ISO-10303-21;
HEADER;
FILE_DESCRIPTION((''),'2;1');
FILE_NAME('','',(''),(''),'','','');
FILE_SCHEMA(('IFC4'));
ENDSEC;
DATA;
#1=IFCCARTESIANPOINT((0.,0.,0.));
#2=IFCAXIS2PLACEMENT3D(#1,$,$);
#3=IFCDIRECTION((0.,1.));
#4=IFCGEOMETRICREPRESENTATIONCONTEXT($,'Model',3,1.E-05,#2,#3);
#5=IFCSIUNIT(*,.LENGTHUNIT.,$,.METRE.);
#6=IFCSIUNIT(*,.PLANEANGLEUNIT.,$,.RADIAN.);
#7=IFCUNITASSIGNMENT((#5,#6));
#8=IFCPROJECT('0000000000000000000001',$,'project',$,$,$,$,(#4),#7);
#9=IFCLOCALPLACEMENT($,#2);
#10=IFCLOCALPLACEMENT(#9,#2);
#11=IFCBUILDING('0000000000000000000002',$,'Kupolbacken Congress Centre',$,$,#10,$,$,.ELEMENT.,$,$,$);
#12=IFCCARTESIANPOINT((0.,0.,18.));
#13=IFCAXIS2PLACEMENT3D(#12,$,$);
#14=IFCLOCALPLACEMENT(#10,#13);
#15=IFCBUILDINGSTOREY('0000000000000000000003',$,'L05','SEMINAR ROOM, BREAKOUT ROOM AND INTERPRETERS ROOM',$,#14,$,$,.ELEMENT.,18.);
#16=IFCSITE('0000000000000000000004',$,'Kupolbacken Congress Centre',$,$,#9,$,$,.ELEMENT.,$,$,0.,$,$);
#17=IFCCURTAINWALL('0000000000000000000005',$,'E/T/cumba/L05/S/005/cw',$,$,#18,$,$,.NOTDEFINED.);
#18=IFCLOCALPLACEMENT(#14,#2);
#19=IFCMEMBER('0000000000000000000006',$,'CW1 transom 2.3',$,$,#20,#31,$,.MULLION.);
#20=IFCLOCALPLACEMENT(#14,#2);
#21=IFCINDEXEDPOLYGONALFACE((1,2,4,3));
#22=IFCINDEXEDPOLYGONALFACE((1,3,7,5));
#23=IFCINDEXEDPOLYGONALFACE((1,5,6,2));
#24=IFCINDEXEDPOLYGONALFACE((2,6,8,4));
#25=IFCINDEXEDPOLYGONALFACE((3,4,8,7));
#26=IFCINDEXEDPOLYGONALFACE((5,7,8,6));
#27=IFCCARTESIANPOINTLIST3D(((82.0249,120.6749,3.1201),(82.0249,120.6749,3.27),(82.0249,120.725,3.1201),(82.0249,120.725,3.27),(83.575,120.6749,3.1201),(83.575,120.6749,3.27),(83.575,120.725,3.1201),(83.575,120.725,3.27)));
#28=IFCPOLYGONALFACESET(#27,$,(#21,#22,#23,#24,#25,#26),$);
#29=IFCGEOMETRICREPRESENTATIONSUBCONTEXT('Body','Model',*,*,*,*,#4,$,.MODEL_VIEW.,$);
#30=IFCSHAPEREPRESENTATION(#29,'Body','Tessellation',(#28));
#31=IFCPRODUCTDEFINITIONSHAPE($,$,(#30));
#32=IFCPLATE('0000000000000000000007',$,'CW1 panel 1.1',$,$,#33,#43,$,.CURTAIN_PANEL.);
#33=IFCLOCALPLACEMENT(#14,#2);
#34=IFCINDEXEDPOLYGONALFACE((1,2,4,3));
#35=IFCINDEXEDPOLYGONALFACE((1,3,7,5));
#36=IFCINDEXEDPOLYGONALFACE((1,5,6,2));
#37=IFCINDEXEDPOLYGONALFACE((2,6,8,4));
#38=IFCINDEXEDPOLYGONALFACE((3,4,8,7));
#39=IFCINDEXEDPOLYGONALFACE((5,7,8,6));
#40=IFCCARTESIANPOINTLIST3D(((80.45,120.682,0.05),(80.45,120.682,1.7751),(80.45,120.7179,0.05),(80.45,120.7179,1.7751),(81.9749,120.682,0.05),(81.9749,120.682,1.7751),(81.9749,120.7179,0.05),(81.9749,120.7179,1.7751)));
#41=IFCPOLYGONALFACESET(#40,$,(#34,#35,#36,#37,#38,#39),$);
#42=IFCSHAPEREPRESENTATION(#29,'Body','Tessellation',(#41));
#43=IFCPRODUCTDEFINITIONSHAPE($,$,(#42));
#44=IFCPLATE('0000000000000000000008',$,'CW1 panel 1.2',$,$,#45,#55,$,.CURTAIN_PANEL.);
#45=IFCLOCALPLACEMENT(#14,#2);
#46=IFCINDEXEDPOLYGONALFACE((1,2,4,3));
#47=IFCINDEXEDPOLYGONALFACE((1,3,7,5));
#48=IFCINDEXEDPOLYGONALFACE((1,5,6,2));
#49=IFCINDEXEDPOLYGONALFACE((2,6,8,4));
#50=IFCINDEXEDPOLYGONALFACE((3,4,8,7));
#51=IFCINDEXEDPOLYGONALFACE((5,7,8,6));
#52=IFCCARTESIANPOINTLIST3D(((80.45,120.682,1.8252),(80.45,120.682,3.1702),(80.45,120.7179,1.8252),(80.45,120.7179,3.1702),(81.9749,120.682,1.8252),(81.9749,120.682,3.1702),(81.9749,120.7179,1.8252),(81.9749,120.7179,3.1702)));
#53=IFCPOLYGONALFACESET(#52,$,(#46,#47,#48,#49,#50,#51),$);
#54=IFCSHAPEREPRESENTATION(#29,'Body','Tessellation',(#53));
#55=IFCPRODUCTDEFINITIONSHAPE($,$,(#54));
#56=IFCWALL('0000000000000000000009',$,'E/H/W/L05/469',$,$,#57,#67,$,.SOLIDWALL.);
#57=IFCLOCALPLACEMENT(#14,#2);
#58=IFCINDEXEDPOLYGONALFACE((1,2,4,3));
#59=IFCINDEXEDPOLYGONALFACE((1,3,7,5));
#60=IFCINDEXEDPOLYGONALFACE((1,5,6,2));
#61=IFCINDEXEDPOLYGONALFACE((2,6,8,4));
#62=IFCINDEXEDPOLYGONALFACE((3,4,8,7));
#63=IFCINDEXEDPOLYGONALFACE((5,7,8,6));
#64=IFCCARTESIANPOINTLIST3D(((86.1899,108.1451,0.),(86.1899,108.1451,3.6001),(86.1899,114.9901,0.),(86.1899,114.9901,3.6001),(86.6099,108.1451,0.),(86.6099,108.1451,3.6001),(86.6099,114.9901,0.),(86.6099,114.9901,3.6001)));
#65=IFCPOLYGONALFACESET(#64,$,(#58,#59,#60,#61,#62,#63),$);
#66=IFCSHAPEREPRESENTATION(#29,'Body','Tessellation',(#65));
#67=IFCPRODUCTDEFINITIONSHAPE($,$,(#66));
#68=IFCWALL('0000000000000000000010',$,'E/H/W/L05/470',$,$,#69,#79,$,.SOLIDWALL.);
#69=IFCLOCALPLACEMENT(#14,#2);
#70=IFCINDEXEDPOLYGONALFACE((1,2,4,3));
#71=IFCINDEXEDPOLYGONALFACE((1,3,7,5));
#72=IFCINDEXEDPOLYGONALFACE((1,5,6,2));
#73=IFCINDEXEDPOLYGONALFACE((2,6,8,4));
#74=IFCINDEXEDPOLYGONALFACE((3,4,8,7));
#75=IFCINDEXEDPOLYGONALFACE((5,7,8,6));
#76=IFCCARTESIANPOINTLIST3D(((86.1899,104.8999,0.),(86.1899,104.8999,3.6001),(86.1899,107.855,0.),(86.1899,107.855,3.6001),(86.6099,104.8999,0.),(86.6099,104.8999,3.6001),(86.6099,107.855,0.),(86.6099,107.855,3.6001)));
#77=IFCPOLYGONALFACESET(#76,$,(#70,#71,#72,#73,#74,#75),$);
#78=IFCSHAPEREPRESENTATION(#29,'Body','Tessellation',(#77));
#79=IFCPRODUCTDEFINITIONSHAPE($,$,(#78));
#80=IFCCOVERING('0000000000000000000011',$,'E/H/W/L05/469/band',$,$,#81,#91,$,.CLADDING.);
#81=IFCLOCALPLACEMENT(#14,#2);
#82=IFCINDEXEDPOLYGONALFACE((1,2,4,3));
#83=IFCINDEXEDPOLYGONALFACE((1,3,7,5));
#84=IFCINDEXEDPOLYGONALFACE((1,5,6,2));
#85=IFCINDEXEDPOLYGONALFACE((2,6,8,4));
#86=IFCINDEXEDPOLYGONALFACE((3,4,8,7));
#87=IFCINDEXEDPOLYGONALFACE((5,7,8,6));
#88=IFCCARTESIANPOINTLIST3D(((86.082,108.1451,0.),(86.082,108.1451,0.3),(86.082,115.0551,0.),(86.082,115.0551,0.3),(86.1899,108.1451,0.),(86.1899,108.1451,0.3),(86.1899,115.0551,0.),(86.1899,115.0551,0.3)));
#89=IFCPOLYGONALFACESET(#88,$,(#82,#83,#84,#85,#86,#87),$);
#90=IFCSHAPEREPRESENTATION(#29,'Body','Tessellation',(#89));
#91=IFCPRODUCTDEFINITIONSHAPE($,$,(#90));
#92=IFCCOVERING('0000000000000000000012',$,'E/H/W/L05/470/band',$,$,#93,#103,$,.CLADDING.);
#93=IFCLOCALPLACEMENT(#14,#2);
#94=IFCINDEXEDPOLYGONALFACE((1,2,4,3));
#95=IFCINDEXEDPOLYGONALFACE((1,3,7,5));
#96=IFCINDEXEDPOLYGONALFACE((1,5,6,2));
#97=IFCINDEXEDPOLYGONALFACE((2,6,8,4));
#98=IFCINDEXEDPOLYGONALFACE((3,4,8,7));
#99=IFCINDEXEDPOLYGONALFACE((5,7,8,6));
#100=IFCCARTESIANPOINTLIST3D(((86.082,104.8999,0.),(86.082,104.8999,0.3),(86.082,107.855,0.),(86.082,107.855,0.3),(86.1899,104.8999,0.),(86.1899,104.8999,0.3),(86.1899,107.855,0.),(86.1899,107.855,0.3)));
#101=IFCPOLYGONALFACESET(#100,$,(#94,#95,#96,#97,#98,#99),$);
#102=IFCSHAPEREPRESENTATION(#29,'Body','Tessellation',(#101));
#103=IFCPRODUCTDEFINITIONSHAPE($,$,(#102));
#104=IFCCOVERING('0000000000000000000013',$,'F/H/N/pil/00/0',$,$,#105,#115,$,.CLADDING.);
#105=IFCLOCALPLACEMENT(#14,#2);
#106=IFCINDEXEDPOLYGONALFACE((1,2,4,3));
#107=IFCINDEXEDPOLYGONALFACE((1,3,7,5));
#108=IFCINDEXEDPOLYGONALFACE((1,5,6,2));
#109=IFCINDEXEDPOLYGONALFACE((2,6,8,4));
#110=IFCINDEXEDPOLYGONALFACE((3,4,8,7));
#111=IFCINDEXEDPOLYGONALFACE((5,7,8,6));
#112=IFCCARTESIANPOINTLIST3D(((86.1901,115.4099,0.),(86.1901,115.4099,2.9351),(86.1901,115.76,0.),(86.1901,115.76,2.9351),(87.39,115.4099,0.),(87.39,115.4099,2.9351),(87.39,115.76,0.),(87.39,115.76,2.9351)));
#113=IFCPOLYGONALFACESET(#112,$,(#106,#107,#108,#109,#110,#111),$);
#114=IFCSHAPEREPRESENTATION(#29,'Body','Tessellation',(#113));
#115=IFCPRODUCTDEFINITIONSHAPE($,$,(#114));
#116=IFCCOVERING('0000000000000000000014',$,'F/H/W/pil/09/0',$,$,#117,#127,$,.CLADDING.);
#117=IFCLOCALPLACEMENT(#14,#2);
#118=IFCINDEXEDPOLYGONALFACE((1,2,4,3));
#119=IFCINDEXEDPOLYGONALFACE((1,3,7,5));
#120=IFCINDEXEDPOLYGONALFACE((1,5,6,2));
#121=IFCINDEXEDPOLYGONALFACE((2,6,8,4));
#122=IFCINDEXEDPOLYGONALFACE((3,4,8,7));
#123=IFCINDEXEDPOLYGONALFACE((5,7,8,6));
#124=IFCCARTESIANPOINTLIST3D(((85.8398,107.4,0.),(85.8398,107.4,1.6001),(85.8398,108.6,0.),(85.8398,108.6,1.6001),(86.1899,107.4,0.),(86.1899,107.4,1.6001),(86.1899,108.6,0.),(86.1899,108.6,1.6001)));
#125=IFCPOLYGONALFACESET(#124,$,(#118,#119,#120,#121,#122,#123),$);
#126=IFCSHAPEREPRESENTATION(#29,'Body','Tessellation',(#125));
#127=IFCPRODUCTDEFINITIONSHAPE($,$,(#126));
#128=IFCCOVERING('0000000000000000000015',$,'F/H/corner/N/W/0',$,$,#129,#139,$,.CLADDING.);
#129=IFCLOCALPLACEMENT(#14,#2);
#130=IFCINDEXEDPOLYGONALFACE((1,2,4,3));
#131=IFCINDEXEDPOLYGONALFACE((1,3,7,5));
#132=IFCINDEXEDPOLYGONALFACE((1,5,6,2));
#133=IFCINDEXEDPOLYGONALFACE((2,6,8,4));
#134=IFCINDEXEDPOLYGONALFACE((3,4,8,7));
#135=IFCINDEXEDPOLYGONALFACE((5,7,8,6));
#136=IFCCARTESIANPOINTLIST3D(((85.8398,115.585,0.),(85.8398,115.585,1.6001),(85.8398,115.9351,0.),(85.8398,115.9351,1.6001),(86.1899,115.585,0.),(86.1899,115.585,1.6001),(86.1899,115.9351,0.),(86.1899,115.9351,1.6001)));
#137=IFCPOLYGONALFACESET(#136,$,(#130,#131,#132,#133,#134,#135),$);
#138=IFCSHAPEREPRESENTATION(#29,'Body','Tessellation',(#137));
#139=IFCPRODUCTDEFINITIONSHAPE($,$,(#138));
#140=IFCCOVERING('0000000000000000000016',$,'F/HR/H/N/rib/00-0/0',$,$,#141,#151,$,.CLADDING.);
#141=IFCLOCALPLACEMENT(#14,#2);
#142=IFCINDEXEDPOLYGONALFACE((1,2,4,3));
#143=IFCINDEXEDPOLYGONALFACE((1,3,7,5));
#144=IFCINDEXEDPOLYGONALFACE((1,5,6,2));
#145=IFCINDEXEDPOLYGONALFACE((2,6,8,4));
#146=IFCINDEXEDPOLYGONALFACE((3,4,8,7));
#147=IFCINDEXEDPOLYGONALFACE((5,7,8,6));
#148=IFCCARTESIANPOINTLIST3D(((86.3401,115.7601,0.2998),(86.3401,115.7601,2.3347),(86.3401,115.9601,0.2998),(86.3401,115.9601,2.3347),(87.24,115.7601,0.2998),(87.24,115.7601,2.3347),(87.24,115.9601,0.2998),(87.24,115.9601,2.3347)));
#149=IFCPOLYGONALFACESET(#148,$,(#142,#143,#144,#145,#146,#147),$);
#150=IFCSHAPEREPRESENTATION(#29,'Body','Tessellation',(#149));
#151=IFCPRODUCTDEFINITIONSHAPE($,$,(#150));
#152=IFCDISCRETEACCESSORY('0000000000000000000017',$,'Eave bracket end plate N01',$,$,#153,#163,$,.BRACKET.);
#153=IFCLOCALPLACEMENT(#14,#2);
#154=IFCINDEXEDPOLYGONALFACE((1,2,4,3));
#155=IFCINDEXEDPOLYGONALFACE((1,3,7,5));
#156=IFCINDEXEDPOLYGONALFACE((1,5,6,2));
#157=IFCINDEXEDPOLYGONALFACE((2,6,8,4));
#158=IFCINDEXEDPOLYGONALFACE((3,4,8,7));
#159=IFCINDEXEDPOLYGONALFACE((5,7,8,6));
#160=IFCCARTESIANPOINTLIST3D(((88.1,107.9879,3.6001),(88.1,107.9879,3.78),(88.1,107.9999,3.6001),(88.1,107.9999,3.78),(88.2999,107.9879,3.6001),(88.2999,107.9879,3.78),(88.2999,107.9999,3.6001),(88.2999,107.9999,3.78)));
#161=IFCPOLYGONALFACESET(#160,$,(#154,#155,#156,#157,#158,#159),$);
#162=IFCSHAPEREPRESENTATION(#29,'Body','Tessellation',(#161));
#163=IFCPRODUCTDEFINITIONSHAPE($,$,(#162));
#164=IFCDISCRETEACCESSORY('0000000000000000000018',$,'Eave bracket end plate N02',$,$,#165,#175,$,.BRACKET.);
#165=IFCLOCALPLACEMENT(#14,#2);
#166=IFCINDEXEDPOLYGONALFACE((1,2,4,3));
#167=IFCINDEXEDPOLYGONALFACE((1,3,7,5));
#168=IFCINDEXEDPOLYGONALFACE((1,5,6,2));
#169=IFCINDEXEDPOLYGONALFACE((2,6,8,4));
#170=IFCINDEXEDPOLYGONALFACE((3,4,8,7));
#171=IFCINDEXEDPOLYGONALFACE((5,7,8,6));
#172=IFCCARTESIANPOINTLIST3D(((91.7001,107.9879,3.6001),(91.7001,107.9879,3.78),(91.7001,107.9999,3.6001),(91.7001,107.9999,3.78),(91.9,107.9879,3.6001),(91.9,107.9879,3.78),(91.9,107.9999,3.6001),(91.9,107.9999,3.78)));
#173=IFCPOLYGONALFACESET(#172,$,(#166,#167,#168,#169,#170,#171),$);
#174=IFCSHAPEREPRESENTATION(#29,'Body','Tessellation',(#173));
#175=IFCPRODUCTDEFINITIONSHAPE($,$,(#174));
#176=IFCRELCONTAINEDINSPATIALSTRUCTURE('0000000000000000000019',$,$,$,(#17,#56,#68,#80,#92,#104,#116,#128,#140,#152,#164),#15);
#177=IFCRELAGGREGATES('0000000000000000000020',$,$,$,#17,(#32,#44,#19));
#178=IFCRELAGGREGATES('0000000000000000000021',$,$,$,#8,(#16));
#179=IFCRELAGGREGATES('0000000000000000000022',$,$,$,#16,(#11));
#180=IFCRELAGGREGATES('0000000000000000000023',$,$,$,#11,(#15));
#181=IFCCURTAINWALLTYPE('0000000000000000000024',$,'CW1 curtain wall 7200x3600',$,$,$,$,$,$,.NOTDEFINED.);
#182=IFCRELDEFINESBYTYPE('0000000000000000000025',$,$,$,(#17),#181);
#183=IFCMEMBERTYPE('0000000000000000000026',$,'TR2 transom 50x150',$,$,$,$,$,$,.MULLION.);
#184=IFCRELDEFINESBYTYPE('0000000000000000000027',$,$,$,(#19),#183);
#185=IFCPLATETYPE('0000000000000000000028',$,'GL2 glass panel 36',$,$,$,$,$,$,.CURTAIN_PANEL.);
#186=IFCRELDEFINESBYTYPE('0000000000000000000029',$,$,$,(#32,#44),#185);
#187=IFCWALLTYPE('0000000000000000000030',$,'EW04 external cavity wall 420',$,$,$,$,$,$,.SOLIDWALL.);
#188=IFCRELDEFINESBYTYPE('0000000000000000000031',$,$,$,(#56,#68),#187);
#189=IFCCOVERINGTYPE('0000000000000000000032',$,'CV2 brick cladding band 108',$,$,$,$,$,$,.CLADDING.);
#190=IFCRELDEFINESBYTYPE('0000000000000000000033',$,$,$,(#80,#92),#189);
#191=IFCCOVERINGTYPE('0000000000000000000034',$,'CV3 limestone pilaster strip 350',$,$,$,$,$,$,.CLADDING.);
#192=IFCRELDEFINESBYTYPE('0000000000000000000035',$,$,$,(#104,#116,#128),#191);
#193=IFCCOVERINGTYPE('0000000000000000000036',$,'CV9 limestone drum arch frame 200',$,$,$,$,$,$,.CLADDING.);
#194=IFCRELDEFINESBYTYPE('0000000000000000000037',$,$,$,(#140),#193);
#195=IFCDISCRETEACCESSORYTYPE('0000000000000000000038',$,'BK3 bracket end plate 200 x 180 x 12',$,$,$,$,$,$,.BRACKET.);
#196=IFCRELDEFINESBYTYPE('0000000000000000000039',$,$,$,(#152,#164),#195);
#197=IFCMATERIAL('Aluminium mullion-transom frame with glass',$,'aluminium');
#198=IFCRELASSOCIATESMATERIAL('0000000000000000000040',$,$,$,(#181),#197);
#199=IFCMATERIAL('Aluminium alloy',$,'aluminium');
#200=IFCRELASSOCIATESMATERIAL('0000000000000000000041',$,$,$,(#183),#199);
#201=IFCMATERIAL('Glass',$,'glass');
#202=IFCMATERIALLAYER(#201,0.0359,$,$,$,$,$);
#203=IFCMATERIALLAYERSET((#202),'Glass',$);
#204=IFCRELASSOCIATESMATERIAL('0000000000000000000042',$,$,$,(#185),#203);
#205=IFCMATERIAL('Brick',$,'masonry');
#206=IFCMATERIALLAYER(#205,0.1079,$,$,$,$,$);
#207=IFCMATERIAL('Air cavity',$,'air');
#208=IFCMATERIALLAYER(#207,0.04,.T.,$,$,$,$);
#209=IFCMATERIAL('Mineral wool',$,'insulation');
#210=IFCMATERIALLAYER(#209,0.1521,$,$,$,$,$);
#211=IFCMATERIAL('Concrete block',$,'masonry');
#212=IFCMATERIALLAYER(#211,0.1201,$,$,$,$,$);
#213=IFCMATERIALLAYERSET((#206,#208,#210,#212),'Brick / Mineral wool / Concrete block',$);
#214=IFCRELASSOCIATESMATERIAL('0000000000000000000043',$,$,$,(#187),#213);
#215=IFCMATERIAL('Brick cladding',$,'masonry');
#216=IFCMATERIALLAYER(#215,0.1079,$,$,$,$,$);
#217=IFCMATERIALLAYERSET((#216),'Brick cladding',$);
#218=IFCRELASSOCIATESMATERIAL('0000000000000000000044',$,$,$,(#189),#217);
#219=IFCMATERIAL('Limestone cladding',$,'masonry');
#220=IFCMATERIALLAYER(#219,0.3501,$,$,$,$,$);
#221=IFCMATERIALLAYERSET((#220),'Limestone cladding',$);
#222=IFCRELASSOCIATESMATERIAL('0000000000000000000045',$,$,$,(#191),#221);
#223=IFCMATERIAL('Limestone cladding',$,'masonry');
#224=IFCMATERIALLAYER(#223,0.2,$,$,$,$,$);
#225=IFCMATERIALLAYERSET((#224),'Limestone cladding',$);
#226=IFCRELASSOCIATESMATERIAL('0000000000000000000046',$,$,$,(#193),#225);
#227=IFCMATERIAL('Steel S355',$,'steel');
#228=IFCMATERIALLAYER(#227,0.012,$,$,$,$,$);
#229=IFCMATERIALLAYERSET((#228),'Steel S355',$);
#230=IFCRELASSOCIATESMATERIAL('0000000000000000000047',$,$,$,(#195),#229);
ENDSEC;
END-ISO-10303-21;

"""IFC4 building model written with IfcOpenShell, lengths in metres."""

from ifc_helpers import new_model, si_unit, direction, frame, frame_2d, origin, origin_2d, place, context, subcontext, project, spatial, rectangle, extrude, material, layer, layer_set, material_profile, profile_set, type_object, element, aggregate, save


model = new_model("IFC4")

# Units and contexts
model_context = context("Model", 3, precision=1e-05, world=origin(), true_north=direction((0.0, 1.0)))
body_context = subcontext(model_context, "Body", "Model", "MODEL_VIEW")
ifc_project = project(units=[si_unit("LENGTHUNIT", "METRE"), si_unit("PLANEANGLEUNIT", "RADIAN")], contexts=[model_context])

# Site, building, storey
site_placement = place(None, origin())
site = spatial("IfcSite", under=ifc_project, at=site_placement, Name="Kupolbacken Congress Centre", CompositionType="ELEMENT", RefElevation=0.0)
building_placement = place(site_placement, origin())
building = spatial("IfcBuilding", under=site, at=building_placement, Name="Kupolbacken Congress Centre", CompositionType="ELEMENT")
storey_placement = place(building_placement, frame((0.0, 0.0, 18.0)))
storey = spatial("IfcBuildingStorey", under=building, at=storey_placement, Name="L05", Description="SEMINAR ROOM, BREAKOUT ROOM AND INTERPRETERS ROOM", CompositionType="ELEMENT", Elevation=18.0)

# Curtain wall, member, plates
ifc_material_1 = material(Name="Aluminium mullion-transom frame with glass", Category="aluminium")
curtain_wall_type = type_object("IfcCurtainWallType", Name="CW1 curtain wall 7200x3600", PredefinedType="NOTDEFINED", material=ifc_material_1)
curtain_wall_placement = place(storey_placement, origin())
curtain_wall = element("IfcCurtainWall", 1, at=curtain_wall_placement, inside=storey, type_object=curtain_wall_type, Name="E/T/cumba/L05/S/005/cw", PredefinedType="NOTDEFINED")
ifc_material_2 = material(Name="Aluminium alloy", Category="aluminium")
ifc_material_profile_1 = material_profile(ifc_material_2, rectangle(XDim=0.05, YDim=0.1499, at=origin_2d()), Name="50 x 150")
ifc_profile_set_1 = profile_set([ifc_material_profile_1], Name="Aluminium alloy")
member_type_1 = type_object("IfcMemberType", Name="TR2 transom 50x150", PredefinedType="MULLION", material=ifc_profile_set_1)
member_1_placement = place(storey_placement, frame((82.0249, 120.7, 3.1951), z_axis=(1.0, 0.0, 0.0), x_axis=(0.0, 1.0, 0.0)))
member_1 = element("IfcMember", 2, at=member_1_placement, type_object=member_type_1, Name="CW1 transom 2.3", PredefinedType="MULLION", context=body_context, shape_type="SweptSolid", body=[
    extrude(rectangle(XDim=0.05, YDim=0.1499, at=origin_2d()), origin(), (0.0, 0.0, 1.0), 1.55),
])
ifc_material_3 = material(Name="Glass", Category="glass")
ifc_layer_1 = layer(ifc_material_3, 0.0359)
ifc_layer_set_1 = layer_set([ifc_layer_1], Name="Glass")
plate_type = type_object("IfcPlateType", Name="GL2 glass panel 36", PredefinedType="CURTAIN_PANEL", material=ifc_layer_set_1)
plate_1_placement = place(storey_placement, frame((81.2124, 120.7, 0.05), z_axis=(0.0, 0.0, 1.0), x_axis=(1.0, 0.0, 0.0)))
plate_1 = element("IfcPlate", 3, at=plate_1_placement, type_object=plate_type, Name="CW1 panel 1.1", PredefinedType="CURTAIN_PANEL", context=body_context, shape_type="SweptSolid", body=[
    extrude(rectangle(XDim=1.5249, YDim=0.0359, at=origin_2d()), origin(), (0.0, 0.0, 1.0), 1.7251),
])
plate_2_placement = place(storey_placement, frame((81.2124, 120.7, 1.8252), z_axis=(0.0, 0.0, 1.0), x_axis=(1.0, 0.0, 0.0)))
plate_2 = element("IfcPlate", 4, at=plate_2_placement, type_object=plate_type, Name="CW1 panel 1.2", PredefinedType="CURTAIN_PANEL", context=body_context, shape_type="SweptSolid", body=[
    extrude(rectangle(XDim=1.5249, YDim=0.0359, at=origin_2d()), origin(), (0.0, 0.0, 1.0), 1.345),
])
aggregate(curtain_wall, [plate_1, plate_2, member_1])

# Walls
ifc_material_4 = material(Name="Brick", Category="masonry")
ifc_layer_2 = layer(ifc_material_4, 0.1079)
ifc_material_5 = material(Name="Air cavity", Category="air")
ifc_layer_3 = layer(ifc_material_5, 0.04, ventilated=True)
ifc_material_6 = material(Name="Mineral wool", Category="insulation")
ifc_layer_4 = layer(ifc_material_6, 0.1521)
ifc_material_7 = material(Name="Concrete block", Category="masonry")
ifc_layer_5 = layer(ifc_material_7, 0.1201)
ifc_layer_set_2 = layer_set([ifc_layer_2, ifc_layer_3, ifc_layer_4, ifc_layer_5], Name="Brick / Mineral wool / Concrete block")
wall_type = type_object("IfcWallType", Name="EW04 external cavity wall 420", PredefinedType="SOLIDWALL", material=ifc_layer_set_2)
wall_1_placement = place(storey_placement, frame((86.3999, 114.99, 0.0), z_axis=(0.0, 0.0, 1.0), x_axis=(0.0, -1.0, 0.0)))
element("IfcWall", 5, at=wall_1_placement, inside=storey, type_object=wall_type, Name="E/H/W/L05/469", PredefinedType="SOLIDWALL", context=body_context, shape_type="SweptSolid", body=[
    extrude(rectangle(XDim=6.845, YDim=0.4199, at=frame_2d((3.4224, 0.0))), origin(), (0.0, 0.0, 1.0), 3.6001),
])
wall_2_placement = place(storey_placement, frame((86.3999, 107.855, 0.0), z_axis=(0.0, 0.0, 1.0), x_axis=(0.0, -1.0, 0.0)))
element("IfcWall", 6, at=wall_2_placement, inside=storey, type_object=wall_type, Name="E/H/W/L05/470", PredefinedType="SOLIDWALL", context=body_context, shape_type="SweptSolid", body=[
    extrude(rectangle(XDim=2.9551, YDim=0.4199, at=frame_2d((1.4775, 0.0))), origin(), (0.0, 0.0, 1.0), 3.6001),
])

# Coverings
ifc_material_8 = material(Name="Brick cladding", Category="masonry")
ifc_layer_6 = layer(ifc_material_8, 0.1079)
ifc_layer_set_3 = layer_set([ifc_layer_6], Name="Brick cladding")
covering_type_1 = type_object("IfcCoveringType", Name="CV2 brick cladding band 108", PredefinedType="CLADDING", material=ifc_layer_set_3)
covering_1_placement = place(storey_placement, frame((86.136, 111.6001, 0.0), z_axis=(0.0, 0.0, 1.0), x_axis=(0.0, -1.0, 0.0)))
element("IfcCovering", 7, at=covering_1_placement, inside=storey, type_object=covering_type_1, Name="E/H/W/L05/469/band", PredefinedType="CLADDING", context=body_context, shape_type="SweptSolid", body=[
    extrude(rectangle(XDim=6.9099, YDim=0.1079, at=origin_2d()), origin(), (0.0, 0.0, 1.0), 0.3),
])
covering_2_placement = place(storey_placement, frame((86.136, 106.3774, 0.0), z_axis=(0.0, 0.0, 1.0), x_axis=(0.0, -1.0, 0.0)))
element("IfcCovering", 8, at=covering_2_placement, inside=storey, type_object=covering_type_1, Name="E/H/W/L05/470/band", PredefinedType="CLADDING", context=body_context, shape_type="SweptSolid", body=[
    extrude(rectangle(XDim=2.9551, YDim=0.1079, at=origin_2d()), origin(), (0.0, 0.0, 1.0), 0.3),
])
ifc_material_9 = material(Name="Limestone cladding", Category="masonry")
ifc_layer_7 = layer(ifc_material_9, 0.3501)
ifc_layer_set_4 = layer_set([ifc_layer_7], Name="Limestone cladding")
covering_type_2 = type_object("IfcCoveringType", Name="CV3 limestone pilaster strip 350", PredefinedType="CLADDING", material=ifc_layer_set_4)
covering_3_placement = place(storey_placement, frame((86.79, 115.585, 0.0), z_axis=(0.0, 0.0, 1.0), x_axis=(1.0, 0.0, 0.0)))
element("IfcCovering", 9, at=covering_3_placement, inside=storey, type_object=covering_type_2, Name="F/H/N/pil/00/0", PredefinedType="CLADDING", context=body_context, shape_type="SweptSolid", body=[
    extrude(rectangle(XDim=1.2, YDim=0.3501, at=origin_2d()), origin(), (0.0, 0.0, 1.0), 2.9351),
])
covering_4_placement = place(storey_placement, frame((86.0149, 108.0, 0.0), z_axis=(0.0, 0.0, 1.0), x_axis=(0.0, 1.0, 0.0)))
element("IfcCovering", 10, at=covering_4_placement, inside=storey, type_object=covering_type_2, Name="F/H/W/pil/09/0", PredefinedType="CLADDING", context=body_context, shape_type="SweptSolid", body=[
    extrude(rectangle(XDim=1.2, YDim=0.3501, at=origin_2d()), origin(), (0.0, 0.0, 1.0), 1.6001),
])
covering_5_placement = place(storey_placement, frame((86.0149, 115.76, 0.0), z_axis=(0.0, 0.0, 1.0), x_axis=(1.0, 0.0, 0.0)))
element("IfcCovering", 11, at=covering_5_placement, inside=storey, type_object=covering_type_2, Name="F/H/corner/N/W/0", PredefinedType="CLADDING", context=body_context, shape_type="SweptSolid", body=[
    extrude(rectangle(XDim=0.3501, YDim=0.3501, at=origin_2d()), origin(), (0.0, 0.0, 1.0), 1.6001),
])
ifc_material_10 = material(Name="Limestone cladding", Category="masonry")
ifc_layer_8 = layer(ifc_material_10, 0.2)
ifc_layer_set_5 = layer_set([ifc_layer_8], Name="Limestone cladding")
covering_type_3 = type_object("IfcCoveringType", Name="CV9 limestone drum arch frame 200", PredefinedType="CLADDING", material=ifc_layer_set_5)
covering_6_placement = place(storey_placement, frame((86.79, 115.8601, 0.2998), z_axis=(0.0, 0.0, 1.0), x_axis=(1.0, 0.0, 0.0)))
element("IfcCovering", 12, at=covering_6_placement, inside=storey, type_object=covering_type_3, Name="F/HR/H/N/rib/00-0/0", PredefinedType="CLADDING", context=body_context, shape_type="SweptSolid", body=[
    extrude(rectangle(XDim=0.8999, YDim=0.2, at=origin_2d()), origin(), (0.0, 0.0, 1.0), 2.0349),
])

# Discrete accessories
ifc_material_11 = material(Name="Steel S355", Category="steel")
ifc_layer_9 = layer(ifc_material_11, 0.012)
ifc_layer_set_6 = layer_set([ifc_layer_9], Name="Steel S355")
discrete_accessory_type = type_object("IfcDiscreteAccessoryType", Name="BK3 bracket end plate 200 x 180 x 12", PredefinedType="BRACKET", material=ifc_layer_set_6)
for number, where, z_axis, x_axis, name in (
    (13, (88.2, 107.9939, 3.6001), (0.0, 0.0, 1.0), (1.0, 0.0, 0.0), "Eave bracket end plate N01"),
    (14, (91.8, 107.9939, 3.6001), (0.0, 0.0, 1.0), (1.0, 0.0, 0.0), "Eave bracket end plate N02"),
):
    element("IfcDiscreteAccessory", number, at=place(storey_placement, frame(where, z_axis=z_axis, x_axis=x_axis)), inside=storey, type_object=discrete_accessory_type, Name=name, PredefinedType="BRACKET", context=body_context, shape_type="SweptSolid", body=[
        extrude(rectangle(XDim=0.2, YDim=0.012, at=origin_2d()), origin(), (0.0, 0.0, 1.0), 0.1799),
    ])

save(model, "model.ifc")
